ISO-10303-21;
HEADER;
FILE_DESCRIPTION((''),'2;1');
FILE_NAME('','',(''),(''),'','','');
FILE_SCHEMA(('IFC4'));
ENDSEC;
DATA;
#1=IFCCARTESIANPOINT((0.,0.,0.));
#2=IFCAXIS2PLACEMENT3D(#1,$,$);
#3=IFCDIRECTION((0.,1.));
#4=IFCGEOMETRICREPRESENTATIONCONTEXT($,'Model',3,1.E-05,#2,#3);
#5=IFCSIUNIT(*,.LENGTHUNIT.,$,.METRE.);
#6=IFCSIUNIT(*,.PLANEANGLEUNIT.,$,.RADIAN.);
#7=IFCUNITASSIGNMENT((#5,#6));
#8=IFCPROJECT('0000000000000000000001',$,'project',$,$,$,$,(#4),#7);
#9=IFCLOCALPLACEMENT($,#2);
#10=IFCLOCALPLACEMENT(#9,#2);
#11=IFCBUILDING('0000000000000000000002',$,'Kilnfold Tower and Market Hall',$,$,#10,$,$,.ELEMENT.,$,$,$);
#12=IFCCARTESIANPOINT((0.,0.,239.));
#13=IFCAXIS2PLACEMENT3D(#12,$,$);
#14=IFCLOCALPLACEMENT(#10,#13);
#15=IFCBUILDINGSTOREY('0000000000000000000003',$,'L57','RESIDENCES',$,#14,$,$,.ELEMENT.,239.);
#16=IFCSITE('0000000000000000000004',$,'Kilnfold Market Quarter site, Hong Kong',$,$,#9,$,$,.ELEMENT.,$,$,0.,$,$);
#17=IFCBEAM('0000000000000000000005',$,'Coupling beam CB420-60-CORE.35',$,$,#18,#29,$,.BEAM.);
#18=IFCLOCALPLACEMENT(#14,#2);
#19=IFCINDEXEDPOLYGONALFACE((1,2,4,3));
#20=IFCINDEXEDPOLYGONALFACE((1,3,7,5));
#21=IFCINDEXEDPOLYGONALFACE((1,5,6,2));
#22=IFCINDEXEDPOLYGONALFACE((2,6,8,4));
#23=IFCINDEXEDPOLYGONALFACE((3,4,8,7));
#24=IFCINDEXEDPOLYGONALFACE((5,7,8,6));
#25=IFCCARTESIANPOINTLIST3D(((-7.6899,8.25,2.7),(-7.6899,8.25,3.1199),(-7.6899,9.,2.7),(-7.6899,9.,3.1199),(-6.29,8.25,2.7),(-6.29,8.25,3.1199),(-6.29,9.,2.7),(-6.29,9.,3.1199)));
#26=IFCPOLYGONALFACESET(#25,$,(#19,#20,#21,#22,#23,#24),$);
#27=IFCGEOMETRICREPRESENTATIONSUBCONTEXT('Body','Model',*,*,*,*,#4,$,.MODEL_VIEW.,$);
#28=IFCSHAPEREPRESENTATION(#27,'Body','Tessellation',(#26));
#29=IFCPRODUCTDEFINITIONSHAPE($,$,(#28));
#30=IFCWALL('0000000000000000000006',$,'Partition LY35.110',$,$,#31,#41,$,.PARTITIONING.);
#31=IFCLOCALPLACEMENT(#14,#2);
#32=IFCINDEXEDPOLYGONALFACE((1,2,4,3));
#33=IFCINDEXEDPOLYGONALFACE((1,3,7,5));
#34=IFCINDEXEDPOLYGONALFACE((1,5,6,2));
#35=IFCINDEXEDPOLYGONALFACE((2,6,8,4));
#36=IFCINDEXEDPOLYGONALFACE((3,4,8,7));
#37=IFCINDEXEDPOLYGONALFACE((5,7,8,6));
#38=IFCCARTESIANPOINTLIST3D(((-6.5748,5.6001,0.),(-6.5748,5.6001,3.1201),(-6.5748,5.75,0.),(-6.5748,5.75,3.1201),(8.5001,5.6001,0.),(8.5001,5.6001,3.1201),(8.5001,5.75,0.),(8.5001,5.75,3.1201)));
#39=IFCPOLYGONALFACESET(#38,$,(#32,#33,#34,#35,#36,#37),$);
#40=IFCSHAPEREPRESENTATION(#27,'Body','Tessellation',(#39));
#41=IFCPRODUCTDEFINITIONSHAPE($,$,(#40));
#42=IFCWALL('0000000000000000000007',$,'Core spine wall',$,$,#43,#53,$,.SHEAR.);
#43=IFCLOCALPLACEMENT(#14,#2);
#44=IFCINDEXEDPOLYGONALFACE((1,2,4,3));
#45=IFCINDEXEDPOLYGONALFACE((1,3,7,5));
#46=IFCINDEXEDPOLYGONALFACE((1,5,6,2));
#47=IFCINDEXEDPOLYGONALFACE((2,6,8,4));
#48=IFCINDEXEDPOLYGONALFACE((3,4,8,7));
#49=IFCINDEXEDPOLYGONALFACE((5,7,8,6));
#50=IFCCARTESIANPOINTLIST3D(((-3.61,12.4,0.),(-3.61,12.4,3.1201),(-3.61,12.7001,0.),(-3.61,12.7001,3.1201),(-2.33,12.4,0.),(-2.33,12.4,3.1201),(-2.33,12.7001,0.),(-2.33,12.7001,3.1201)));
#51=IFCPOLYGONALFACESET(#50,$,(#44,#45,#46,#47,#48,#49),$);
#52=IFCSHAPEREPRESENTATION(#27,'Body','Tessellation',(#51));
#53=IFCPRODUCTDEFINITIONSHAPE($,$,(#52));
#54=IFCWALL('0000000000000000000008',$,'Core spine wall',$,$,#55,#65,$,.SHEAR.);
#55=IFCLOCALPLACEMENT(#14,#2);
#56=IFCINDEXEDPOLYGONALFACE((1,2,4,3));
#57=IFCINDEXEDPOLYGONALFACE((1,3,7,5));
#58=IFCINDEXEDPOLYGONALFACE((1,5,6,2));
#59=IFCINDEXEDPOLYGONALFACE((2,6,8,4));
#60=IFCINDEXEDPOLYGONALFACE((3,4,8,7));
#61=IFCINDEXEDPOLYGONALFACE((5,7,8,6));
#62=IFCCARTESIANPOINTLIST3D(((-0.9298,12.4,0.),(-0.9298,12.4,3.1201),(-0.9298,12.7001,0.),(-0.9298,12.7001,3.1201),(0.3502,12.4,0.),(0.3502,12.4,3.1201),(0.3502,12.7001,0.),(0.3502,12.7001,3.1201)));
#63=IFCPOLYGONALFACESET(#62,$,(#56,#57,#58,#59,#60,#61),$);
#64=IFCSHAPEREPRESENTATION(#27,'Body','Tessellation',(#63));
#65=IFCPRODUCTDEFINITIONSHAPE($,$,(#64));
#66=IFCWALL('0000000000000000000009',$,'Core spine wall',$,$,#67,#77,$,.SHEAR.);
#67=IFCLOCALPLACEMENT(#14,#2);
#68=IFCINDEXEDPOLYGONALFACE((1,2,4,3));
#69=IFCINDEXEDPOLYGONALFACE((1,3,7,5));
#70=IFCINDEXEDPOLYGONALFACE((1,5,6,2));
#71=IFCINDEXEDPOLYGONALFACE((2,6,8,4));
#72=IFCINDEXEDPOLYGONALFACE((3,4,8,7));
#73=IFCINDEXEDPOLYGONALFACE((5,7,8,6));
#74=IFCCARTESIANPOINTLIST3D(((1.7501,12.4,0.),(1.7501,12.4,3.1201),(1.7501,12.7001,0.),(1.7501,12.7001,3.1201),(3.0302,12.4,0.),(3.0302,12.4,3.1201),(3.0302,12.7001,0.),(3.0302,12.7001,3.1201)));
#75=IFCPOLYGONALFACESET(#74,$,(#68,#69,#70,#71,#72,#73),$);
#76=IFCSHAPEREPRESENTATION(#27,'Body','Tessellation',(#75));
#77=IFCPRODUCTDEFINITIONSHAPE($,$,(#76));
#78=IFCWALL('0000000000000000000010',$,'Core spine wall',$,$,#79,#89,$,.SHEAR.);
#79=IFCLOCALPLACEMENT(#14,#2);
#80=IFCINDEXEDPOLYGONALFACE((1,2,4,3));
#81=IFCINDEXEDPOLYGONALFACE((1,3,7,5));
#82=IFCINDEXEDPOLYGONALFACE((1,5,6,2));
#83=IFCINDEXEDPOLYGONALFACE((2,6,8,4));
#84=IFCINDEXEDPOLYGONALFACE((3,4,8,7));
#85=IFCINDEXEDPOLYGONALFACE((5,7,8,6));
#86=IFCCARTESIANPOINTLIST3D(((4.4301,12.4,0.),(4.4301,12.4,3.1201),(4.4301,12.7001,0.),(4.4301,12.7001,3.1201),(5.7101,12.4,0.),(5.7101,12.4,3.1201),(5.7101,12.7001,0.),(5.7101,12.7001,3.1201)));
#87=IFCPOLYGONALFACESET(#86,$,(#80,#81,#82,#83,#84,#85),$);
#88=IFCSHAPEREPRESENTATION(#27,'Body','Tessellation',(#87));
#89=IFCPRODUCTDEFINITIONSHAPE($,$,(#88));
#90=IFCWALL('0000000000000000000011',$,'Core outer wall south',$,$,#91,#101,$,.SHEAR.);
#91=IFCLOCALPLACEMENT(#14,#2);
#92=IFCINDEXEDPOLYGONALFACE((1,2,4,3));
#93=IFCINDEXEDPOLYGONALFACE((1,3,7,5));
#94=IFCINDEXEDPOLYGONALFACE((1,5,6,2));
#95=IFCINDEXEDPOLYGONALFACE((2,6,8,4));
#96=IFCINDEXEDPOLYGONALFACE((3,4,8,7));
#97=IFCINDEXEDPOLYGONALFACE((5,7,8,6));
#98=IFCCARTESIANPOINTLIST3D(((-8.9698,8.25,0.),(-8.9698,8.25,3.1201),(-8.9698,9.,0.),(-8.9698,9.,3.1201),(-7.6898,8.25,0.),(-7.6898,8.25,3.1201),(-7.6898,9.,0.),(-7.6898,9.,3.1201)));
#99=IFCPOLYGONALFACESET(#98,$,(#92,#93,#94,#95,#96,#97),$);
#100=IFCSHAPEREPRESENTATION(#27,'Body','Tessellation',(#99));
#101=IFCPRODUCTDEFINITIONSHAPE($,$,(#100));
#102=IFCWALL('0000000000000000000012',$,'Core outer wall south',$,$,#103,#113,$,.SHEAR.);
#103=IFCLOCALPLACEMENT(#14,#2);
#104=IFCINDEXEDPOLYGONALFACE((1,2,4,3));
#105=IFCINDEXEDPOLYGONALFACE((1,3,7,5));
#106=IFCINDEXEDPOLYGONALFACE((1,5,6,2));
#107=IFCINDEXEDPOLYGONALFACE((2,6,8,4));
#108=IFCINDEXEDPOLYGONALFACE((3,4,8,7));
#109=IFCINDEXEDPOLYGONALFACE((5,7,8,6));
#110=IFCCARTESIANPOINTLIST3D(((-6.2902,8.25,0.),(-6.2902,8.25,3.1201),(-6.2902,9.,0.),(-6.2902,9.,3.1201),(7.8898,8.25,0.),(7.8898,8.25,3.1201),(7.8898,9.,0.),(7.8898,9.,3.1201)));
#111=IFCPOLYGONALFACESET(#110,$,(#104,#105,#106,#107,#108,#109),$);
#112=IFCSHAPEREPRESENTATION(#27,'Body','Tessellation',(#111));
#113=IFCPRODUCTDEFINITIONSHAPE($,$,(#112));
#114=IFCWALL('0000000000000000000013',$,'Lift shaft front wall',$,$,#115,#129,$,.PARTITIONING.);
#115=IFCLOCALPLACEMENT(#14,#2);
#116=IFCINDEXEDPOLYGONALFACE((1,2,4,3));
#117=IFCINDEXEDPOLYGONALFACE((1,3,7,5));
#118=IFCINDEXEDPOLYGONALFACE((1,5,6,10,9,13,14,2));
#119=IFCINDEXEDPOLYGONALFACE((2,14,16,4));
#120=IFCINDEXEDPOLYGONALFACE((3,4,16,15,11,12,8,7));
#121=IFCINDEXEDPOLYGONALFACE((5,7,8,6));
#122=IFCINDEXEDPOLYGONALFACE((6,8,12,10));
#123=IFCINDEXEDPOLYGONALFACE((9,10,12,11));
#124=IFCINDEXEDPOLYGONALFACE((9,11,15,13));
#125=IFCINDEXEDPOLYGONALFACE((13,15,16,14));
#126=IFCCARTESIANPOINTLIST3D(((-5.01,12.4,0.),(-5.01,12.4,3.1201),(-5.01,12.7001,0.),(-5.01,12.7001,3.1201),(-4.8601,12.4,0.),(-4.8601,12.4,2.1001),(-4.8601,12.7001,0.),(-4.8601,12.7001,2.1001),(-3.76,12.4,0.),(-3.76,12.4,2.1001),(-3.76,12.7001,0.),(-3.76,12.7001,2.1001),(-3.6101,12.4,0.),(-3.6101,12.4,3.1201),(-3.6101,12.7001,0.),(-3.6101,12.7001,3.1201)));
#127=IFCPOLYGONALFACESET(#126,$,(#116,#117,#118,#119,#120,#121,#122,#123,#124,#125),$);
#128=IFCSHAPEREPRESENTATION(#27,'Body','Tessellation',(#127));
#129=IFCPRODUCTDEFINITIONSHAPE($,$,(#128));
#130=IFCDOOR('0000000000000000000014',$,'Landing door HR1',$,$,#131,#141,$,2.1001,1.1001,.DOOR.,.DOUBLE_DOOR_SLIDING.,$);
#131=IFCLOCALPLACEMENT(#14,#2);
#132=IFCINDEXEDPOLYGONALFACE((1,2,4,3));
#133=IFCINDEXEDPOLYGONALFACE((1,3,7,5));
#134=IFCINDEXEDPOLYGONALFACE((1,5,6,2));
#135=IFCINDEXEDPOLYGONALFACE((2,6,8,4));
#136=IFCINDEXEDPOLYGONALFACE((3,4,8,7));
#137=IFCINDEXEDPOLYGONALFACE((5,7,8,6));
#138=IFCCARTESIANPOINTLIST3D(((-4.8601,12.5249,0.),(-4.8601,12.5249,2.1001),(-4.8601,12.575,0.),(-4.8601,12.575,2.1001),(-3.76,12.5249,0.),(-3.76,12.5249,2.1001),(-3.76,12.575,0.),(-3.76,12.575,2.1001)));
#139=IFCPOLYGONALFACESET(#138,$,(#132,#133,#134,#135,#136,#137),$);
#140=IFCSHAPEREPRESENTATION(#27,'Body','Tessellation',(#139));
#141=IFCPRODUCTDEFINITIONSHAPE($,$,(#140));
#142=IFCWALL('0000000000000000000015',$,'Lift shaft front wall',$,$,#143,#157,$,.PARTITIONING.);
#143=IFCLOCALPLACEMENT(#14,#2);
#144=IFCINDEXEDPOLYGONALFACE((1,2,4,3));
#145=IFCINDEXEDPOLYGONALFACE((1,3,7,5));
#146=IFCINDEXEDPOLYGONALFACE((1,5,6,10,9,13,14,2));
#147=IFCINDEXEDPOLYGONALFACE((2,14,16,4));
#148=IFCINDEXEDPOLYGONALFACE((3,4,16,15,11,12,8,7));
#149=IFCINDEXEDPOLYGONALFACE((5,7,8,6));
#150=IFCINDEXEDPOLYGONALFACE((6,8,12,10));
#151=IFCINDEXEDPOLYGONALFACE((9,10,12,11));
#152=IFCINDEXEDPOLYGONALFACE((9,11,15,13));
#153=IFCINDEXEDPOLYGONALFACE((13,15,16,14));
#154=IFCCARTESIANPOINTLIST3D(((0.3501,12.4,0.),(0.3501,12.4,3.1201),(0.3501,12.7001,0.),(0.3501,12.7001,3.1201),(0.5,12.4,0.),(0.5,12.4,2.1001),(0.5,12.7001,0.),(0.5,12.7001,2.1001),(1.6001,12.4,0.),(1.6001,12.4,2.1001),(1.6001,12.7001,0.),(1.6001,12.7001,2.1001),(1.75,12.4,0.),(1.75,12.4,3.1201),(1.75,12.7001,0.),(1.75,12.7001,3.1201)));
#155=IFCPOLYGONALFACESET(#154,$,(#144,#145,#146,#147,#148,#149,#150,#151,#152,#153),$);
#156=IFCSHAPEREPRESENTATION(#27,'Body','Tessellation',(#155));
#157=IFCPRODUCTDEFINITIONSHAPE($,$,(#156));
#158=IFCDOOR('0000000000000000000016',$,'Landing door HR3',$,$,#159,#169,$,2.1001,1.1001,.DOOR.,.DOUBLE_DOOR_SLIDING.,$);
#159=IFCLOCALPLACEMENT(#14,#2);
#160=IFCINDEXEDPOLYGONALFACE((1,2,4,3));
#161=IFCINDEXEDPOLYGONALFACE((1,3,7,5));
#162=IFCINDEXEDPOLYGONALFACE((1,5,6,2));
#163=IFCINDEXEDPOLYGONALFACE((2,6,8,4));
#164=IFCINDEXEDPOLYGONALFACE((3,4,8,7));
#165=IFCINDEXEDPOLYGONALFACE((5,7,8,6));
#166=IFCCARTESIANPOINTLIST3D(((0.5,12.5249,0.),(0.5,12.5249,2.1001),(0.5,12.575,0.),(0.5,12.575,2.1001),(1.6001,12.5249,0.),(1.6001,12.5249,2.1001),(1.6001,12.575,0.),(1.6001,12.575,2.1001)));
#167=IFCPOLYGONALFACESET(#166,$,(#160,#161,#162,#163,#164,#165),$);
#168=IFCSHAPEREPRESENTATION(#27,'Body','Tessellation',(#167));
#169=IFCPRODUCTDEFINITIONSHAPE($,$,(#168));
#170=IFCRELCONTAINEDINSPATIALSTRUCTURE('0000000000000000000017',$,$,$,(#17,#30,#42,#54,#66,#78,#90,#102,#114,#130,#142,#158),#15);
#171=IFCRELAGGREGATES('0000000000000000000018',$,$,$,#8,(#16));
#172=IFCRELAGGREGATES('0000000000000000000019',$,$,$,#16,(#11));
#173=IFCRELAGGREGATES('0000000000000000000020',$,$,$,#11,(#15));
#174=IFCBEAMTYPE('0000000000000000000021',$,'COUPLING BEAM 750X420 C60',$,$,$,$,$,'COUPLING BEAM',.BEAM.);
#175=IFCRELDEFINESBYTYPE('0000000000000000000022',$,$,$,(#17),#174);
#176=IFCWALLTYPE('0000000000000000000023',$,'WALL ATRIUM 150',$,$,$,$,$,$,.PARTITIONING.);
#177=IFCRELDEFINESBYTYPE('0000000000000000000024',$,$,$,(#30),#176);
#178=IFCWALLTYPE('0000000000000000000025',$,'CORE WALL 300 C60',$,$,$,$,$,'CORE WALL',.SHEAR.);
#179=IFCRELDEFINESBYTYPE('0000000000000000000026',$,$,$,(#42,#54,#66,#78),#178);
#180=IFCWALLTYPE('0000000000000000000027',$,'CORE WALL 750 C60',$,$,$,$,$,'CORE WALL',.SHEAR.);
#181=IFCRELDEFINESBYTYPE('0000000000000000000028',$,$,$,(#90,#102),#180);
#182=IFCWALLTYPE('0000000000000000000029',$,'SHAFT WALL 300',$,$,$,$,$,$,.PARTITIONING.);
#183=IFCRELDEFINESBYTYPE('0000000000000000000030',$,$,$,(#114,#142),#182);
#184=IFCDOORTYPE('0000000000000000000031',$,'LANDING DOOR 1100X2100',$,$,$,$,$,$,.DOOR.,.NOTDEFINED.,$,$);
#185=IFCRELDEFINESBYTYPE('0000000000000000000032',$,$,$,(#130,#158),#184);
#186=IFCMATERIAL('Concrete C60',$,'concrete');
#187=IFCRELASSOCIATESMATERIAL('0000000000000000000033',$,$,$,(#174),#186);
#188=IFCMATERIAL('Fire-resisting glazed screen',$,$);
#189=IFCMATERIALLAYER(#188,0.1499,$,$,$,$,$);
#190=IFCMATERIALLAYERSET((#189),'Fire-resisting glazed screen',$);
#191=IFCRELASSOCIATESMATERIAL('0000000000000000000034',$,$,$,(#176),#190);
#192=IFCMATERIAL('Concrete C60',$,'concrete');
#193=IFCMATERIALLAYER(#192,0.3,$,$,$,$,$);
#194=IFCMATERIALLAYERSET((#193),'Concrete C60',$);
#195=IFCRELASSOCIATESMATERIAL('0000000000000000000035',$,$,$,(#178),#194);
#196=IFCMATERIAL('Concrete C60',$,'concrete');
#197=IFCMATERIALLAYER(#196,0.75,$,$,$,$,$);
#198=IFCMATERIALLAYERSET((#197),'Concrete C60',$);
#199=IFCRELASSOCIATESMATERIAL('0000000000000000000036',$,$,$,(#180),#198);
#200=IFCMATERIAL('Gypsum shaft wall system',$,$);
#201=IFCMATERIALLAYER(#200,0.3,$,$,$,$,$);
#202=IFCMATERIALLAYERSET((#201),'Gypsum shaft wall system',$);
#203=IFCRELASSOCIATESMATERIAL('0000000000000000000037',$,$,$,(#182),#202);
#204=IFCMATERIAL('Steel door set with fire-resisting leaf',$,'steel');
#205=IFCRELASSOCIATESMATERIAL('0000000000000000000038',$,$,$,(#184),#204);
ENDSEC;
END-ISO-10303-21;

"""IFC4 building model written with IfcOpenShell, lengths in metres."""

from ifc_helpers import new_model, si_unit, direction, frame, frame_2d, origin, origin_2d, place, context, subcontext, project, spatial, rectangle, extrude, source, transform, mapped, material, layer, layer_set, material_profile, profile_set, type_object, element, fill, save


model = new_model("IFC4")

# Units and contexts
model_context = context("Model", 3, precision=1e-05, world=origin(), true_north=direction((0.0, 1.0)))
body_context = subcontext(model_context, "Body", "Model", "MODEL_VIEW")
ifc_project = project(units=[si_unit("LENGTHUNIT", "METRE"), si_unit("PLANEANGLEUNIT", "RADIAN")], contexts=[model_context])

# Site, building, storey
site_placement = place(None, origin())
site = spatial("IfcSite", under=ifc_project, at=site_placement, Name="Kilnfold Market Quarter site, Hong Kong", CompositionType="ELEMENT", RefElevation=0.0)
building_placement = place(site_placement, origin())
building = spatial("IfcBuilding", under=site, at=building_placement, Name="Kilnfold Tower and Market Hall", CompositionType="ELEMENT")
storey_placement = place(building_placement, frame((0.0, 0.0, 239.0)))
storey = spatial("IfcBuildingStorey", under=building, at=storey_placement, Name="L57", Description="RESIDENCES", CompositionType="ELEMENT", Elevation=239.0)

# Beam
ifc_material_1 = material(Name="Concrete C60", Category="concrete")
ifc_material_profile = material_profile(ifc_material_1, rectangle(XDim=0.75, YDim=0.4199, at=origin_2d()), Name="RC 750x420")
ifc_profile_set = profile_set([ifc_material_profile], Name="Concrete C60")
beam_type = type_object("IfcBeamType", Name="COUPLING BEAM 750X420 C60", ElementType="COUPLING BEAM", PredefinedType="BEAM", material=ifc_profile_set)
shared_shape_1 = source(origin(), body_context, "Body", "SweptSolid", [
    extrude(rectangle(XDim=0.75, YDim=0.4199, at=origin_2d()), origin(), (0.0, 0.0, 1.0), 1.3999),
])
beam_placement = place(storey_placement, frame((-7.6899, 8.625, 2.9099), z_axis=(1.0, 0.0, 0.0), x_axis=(0.0, 1.0, 0.0)))
element("IfcBeam", 1, at=beam_placement, inside=storey, type_object=beam_type, Name="Coupling beam CB420-60-CORE.35", PredefinedType="BEAM", context=body_context, shape_type="MappedRepresentation", body=[
    mapped(shared_shape_1, transform((0.0, 0.0, 0.0))),
])

# Walls
ifc_material_2 = material(Name="Fire-resisting glazed screen")
ifc_layer_1 = layer(ifc_material_2, 0.1499)
ifc_layer_set_1 = layer_set([ifc_layer_1], Name="Fire-resisting glazed screen")
wall_type_1 = type_object("IfcWallType", Name="WALL ATRIUM 150", PredefinedType="PARTITIONING", material=ifc_layer_set_1)
wall_1_placement = place(storey_placement, frame((-6.575, 5.675, 0.0), z_axis=(0.0, 0.0, 1.0), x_axis=(1.0, 0.0, 0.0)))
element("IfcWall", 2, at=wall_1_placement, inside=storey, type_object=wall_type_1, Name="Partition LY35.110", PredefinedType="PARTITIONING", context=body_context, shape_type="SweptSolid", body=[
    extrude(rectangle(XDim=15.075, YDim=0.1499, at=frame_2d((7.5376, 0.0))), origin(), (0.0, 0.0, 1.0), 3.1201),
])
ifc_material_3 = material(Name="Concrete C60", Category="concrete")
ifc_layer_2 = layer(ifc_material_3, 0.3)
ifc_layer_set_2 = layer_set([ifc_layer_2], Name="Concrete C60")
wall_type_2 = type_object("IfcWallType", Name="CORE WALL 300 C60", ElementType="CORE WALL", PredefinedType="SHEAR", material=ifc_layer_set_2)
shared_shape_2 = source(origin(), body_context, "Body", "SweptSolid", [
    extrude(rectangle(XDim=1.28, YDim=0.3, at=frame_2d((0.6401, 0.0))), origin(), (0.0, 0.0, 1.0), 3.1201),
])
for number, where, z_axis, x_axis, name in (
    (3, (-3.6101, 12.55, 0.0), (0.0, 0.0, 1.0), (1.0, 0.0, 0.0), "Core spine wall"),
    (4, (-0.9299, 12.55, 0.0), (0.0, 0.0, 1.0), (1.0, 0.0, 0.0), "Core spine wall"),
    (5, (1.75, 12.55, 0.0), (0.0, 0.0, 1.0), (1.0, 0.0, 0.0), "Core spine wall"),
    (6, (4.4299, 12.55, 0.0), (0.0, 0.0, 1.0), (1.0, 0.0, 0.0), "Core spine wall"),
):
    element("IfcWall", number, at=place(storey_placement, frame(where, z_axis=z_axis, x_axis=x_axis)), inside=storey, type_object=wall_type_2, Name=name, PredefinedType="SHEAR", context=body_context, shape_type="MappedRepresentation", body=[
        mapped(shared_shape_2, transform((0.0, 0.0, 0.0))),
    ])
ifc_material_4 = material(Name="Concrete C60", Category="concrete")
ifc_layer_3 = layer(ifc_material_4, 0.75)
ifc_layer_set_3 = layer_set([ifc_layer_3], Name="Concrete C60")
wall_type_3 = type_object("IfcWallType", Name="CORE WALL 750 C60", ElementType="CORE WALL", PredefinedType="SHEAR", material=ifc_layer_set_3)
shared_shape_3 = source(origin(), body_context, "Body", "SweptSolid", [
    extrude(rectangle(XDim=1.28, YDim=0.75, at=frame_2d((0.6401, 0.0))), origin(), (0.0, 0.0, 1.0), 3.1201),
])
wall_2_placement = place(storey_placement, frame((-8.97, 8.625, 0.0), z_axis=(0.0, 0.0, 1.0), x_axis=(1.0, 0.0, 0.0)))
element("IfcWall", 7, at=wall_2_placement, inside=storey, type_object=wall_type_3, Name="Core outer wall south", PredefinedType="SHEAR", context=body_context, shape_type="MappedRepresentation", body=[
    mapped(shared_shape_3, transform((0.0, 0.0, 0.0))),
])
shared_shape_4 = source(origin(), body_context, "Body", "SweptSolid", [
    extrude(rectangle(XDim=14.1799, YDim=0.75, at=frame_2d((7.0898, 0.0))), origin(), (0.0, 0.0, 1.0), 3.1201),
])
wall_3_placement = place(storey_placement, frame((-6.29, 8.625, 0.0), z_axis=(0.0, 0.0, 1.0), x_axis=(1.0, 0.0, 0.0)))
element("IfcWall", 8, at=wall_3_placement, inside=storey, type_object=wall_type_3, Name="Core outer wall south", PredefinedType="SHEAR", context=body_context, shape_type="MappedRepresentation", body=[
    mapped(shared_shape_4, transform((0.0, 0.0, 0.0))),
])

# Walls, openings, doors
ifc_material_5 = material(Name="Gypsum shaft wall system")
ifc_layer_4 = layer(ifc_material_5, 0.3)
ifc_layer_set_4 = layer_set([ifc_layer_4], Name="Gypsum shaft wall system")
wall_type_4 = type_object("IfcWallType", Name="SHAFT WALL 300", PredefinedType="PARTITIONING", material=ifc_layer_set_4)
shared_shape_5 = source(origin(), body_context, "Body", "SweptSolid", [
    extrude(rectangle(XDim=1.3999, YDim=0.3, at=frame_2d((0.7, 0.0))), origin(), (0.0, 0.0, 1.0), 3.1201),
])
wall_4_placement = place(storey_placement, frame((-5.01, 12.55, 0.0), z_axis=(0.0, 0.0, 1.0), x_axis=(1.0, 0.0, 0.0)))
wall_4 = element("IfcWall", 9, at=wall_4_placement, inside=storey, type_object=wall_type_4, Name="Lift shaft front wall", PredefinedType="PARTITIONING", context=body_context, shape_type="MappedRepresentation", body=[
    mapped(shared_shape_5, transform((0.0, 0.0, 0.0))),
])
opening_1_placement = place(wall_4_placement, frame((0.1499, 0.0, 0.0)))
opening_1 = element("IfcOpeningElement", 10, at=opening_1_placement, cuts=wall_4, PredefinedType="OPENING", context=body_context, shape_type="SweptSolid", body=[
    extrude(rectangle(XDim=1.1001, YDim=2.1001, at=frame_2d((0.55, 1.05))), frame((0.0, 0.1602, 0.0), z_axis=(0.0, -1.0, 0.0), x_axis=(1.0, 0.0, 0.0)), (0.0, 0.0, 1.0), 0.3201),
])
ifc_material_6 = material(Name="Steel door set with fire-resisting leaf", Category="steel")
door_type_1 = type_object("IfcDoorType", Name="LANDING DOOR 1100X2100", OperationType="NOTDEFINED", PredefinedType="DOOR", material=ifc_material_6)
door_1_placement = place(opening_1_placement, origin())
door_1 = element("IfcDoor", 11, at=door_1_placement, inside=storey, type_object=door_type_1, Name="Landing door HR1", OperationType="DOUBLE_DOOR_SLIDING", OverallHeight=2.1001, OverallWidth=1.1001, PredefinedType="DOOR", context=body_context, shape_type="SweptSolid", body=[
    extrude(rectangle(XDim=1.1001, YDim=2.1001, at=frame_2d((0.55, 1.05))), frame((0.0, 0.0249, 0.0), z_axis=(0.0, -1.0, 0.0), x_axis=(1.0, 0.0, 0.0)), (0.0, 0.0, 1.0), 0.05),
])
fill(opening_1, door_1)
wall_5_placement = place(storey_placement, frame((0.3501, 12.55, 0.0), z_axis=(0.0, 0.0, 1.0), x_axis=(1.0, 0.0, 0.0)))
wall_5 = element("IfcWall", 12, at=wall_5_placement, inside=storey, type_object=wall_type_4, Name="Lift shaft front wall", PredefinedType="PARTITIONING", context=body_context, shape_type="MappedRepresentation", body=[
    mapped(shared_shape_5, transform((0.0, 0.0, 0.0))),
])
opening_2_placement = place(wall_5_placement, frame((0.1499, 0.0, 0.0)))
opening_2 = element("IfcOpeningElement", 13, at=opening_2_placement, cuts=wall_5, PredefinedType="OPENING", context=body_context, shape_type="SweptSolid", body=[
    extrude(rectangle(XDim=1.1001, YDim=2.1001, at=frame_2d((0.55, 1.05))), frame((0.0, 0.1602, 0.0), z_axis=(0.0, -1.0, 0.0), x_axis=(1.0, 0.0, 0.0)), (0.0, 0.0, 1.0), 0.3201),
])
door_2_placement = place(opening_2_placement, origin())
door_2 = element("IfcDoor", 14, at=door_2_placement, inside=storey, type_object=door_type_1, Name="Landing door HR3", OperationType="DOUBLE_DOOR_SLIDING", OverallHeight=2.1001, OverallWidth=1.1001, PredefinedType="DOOR", context=body_context, shape_type="SweptSolid", body=[
    extrude(rectangle(XDim=1.1001, YDim=2.1001, at=frame_2d((0.55, 1.05))), frame((0.0, 0.0249, 0.0), z_axis=(0.0, -1.0, 0.0), x_axis=(1.0, 0.0, 0.0)), (0.0, 0.0, 1.0), 0.05),
])
fill(opening_2, door_2)

save(model, "model.ifc")
